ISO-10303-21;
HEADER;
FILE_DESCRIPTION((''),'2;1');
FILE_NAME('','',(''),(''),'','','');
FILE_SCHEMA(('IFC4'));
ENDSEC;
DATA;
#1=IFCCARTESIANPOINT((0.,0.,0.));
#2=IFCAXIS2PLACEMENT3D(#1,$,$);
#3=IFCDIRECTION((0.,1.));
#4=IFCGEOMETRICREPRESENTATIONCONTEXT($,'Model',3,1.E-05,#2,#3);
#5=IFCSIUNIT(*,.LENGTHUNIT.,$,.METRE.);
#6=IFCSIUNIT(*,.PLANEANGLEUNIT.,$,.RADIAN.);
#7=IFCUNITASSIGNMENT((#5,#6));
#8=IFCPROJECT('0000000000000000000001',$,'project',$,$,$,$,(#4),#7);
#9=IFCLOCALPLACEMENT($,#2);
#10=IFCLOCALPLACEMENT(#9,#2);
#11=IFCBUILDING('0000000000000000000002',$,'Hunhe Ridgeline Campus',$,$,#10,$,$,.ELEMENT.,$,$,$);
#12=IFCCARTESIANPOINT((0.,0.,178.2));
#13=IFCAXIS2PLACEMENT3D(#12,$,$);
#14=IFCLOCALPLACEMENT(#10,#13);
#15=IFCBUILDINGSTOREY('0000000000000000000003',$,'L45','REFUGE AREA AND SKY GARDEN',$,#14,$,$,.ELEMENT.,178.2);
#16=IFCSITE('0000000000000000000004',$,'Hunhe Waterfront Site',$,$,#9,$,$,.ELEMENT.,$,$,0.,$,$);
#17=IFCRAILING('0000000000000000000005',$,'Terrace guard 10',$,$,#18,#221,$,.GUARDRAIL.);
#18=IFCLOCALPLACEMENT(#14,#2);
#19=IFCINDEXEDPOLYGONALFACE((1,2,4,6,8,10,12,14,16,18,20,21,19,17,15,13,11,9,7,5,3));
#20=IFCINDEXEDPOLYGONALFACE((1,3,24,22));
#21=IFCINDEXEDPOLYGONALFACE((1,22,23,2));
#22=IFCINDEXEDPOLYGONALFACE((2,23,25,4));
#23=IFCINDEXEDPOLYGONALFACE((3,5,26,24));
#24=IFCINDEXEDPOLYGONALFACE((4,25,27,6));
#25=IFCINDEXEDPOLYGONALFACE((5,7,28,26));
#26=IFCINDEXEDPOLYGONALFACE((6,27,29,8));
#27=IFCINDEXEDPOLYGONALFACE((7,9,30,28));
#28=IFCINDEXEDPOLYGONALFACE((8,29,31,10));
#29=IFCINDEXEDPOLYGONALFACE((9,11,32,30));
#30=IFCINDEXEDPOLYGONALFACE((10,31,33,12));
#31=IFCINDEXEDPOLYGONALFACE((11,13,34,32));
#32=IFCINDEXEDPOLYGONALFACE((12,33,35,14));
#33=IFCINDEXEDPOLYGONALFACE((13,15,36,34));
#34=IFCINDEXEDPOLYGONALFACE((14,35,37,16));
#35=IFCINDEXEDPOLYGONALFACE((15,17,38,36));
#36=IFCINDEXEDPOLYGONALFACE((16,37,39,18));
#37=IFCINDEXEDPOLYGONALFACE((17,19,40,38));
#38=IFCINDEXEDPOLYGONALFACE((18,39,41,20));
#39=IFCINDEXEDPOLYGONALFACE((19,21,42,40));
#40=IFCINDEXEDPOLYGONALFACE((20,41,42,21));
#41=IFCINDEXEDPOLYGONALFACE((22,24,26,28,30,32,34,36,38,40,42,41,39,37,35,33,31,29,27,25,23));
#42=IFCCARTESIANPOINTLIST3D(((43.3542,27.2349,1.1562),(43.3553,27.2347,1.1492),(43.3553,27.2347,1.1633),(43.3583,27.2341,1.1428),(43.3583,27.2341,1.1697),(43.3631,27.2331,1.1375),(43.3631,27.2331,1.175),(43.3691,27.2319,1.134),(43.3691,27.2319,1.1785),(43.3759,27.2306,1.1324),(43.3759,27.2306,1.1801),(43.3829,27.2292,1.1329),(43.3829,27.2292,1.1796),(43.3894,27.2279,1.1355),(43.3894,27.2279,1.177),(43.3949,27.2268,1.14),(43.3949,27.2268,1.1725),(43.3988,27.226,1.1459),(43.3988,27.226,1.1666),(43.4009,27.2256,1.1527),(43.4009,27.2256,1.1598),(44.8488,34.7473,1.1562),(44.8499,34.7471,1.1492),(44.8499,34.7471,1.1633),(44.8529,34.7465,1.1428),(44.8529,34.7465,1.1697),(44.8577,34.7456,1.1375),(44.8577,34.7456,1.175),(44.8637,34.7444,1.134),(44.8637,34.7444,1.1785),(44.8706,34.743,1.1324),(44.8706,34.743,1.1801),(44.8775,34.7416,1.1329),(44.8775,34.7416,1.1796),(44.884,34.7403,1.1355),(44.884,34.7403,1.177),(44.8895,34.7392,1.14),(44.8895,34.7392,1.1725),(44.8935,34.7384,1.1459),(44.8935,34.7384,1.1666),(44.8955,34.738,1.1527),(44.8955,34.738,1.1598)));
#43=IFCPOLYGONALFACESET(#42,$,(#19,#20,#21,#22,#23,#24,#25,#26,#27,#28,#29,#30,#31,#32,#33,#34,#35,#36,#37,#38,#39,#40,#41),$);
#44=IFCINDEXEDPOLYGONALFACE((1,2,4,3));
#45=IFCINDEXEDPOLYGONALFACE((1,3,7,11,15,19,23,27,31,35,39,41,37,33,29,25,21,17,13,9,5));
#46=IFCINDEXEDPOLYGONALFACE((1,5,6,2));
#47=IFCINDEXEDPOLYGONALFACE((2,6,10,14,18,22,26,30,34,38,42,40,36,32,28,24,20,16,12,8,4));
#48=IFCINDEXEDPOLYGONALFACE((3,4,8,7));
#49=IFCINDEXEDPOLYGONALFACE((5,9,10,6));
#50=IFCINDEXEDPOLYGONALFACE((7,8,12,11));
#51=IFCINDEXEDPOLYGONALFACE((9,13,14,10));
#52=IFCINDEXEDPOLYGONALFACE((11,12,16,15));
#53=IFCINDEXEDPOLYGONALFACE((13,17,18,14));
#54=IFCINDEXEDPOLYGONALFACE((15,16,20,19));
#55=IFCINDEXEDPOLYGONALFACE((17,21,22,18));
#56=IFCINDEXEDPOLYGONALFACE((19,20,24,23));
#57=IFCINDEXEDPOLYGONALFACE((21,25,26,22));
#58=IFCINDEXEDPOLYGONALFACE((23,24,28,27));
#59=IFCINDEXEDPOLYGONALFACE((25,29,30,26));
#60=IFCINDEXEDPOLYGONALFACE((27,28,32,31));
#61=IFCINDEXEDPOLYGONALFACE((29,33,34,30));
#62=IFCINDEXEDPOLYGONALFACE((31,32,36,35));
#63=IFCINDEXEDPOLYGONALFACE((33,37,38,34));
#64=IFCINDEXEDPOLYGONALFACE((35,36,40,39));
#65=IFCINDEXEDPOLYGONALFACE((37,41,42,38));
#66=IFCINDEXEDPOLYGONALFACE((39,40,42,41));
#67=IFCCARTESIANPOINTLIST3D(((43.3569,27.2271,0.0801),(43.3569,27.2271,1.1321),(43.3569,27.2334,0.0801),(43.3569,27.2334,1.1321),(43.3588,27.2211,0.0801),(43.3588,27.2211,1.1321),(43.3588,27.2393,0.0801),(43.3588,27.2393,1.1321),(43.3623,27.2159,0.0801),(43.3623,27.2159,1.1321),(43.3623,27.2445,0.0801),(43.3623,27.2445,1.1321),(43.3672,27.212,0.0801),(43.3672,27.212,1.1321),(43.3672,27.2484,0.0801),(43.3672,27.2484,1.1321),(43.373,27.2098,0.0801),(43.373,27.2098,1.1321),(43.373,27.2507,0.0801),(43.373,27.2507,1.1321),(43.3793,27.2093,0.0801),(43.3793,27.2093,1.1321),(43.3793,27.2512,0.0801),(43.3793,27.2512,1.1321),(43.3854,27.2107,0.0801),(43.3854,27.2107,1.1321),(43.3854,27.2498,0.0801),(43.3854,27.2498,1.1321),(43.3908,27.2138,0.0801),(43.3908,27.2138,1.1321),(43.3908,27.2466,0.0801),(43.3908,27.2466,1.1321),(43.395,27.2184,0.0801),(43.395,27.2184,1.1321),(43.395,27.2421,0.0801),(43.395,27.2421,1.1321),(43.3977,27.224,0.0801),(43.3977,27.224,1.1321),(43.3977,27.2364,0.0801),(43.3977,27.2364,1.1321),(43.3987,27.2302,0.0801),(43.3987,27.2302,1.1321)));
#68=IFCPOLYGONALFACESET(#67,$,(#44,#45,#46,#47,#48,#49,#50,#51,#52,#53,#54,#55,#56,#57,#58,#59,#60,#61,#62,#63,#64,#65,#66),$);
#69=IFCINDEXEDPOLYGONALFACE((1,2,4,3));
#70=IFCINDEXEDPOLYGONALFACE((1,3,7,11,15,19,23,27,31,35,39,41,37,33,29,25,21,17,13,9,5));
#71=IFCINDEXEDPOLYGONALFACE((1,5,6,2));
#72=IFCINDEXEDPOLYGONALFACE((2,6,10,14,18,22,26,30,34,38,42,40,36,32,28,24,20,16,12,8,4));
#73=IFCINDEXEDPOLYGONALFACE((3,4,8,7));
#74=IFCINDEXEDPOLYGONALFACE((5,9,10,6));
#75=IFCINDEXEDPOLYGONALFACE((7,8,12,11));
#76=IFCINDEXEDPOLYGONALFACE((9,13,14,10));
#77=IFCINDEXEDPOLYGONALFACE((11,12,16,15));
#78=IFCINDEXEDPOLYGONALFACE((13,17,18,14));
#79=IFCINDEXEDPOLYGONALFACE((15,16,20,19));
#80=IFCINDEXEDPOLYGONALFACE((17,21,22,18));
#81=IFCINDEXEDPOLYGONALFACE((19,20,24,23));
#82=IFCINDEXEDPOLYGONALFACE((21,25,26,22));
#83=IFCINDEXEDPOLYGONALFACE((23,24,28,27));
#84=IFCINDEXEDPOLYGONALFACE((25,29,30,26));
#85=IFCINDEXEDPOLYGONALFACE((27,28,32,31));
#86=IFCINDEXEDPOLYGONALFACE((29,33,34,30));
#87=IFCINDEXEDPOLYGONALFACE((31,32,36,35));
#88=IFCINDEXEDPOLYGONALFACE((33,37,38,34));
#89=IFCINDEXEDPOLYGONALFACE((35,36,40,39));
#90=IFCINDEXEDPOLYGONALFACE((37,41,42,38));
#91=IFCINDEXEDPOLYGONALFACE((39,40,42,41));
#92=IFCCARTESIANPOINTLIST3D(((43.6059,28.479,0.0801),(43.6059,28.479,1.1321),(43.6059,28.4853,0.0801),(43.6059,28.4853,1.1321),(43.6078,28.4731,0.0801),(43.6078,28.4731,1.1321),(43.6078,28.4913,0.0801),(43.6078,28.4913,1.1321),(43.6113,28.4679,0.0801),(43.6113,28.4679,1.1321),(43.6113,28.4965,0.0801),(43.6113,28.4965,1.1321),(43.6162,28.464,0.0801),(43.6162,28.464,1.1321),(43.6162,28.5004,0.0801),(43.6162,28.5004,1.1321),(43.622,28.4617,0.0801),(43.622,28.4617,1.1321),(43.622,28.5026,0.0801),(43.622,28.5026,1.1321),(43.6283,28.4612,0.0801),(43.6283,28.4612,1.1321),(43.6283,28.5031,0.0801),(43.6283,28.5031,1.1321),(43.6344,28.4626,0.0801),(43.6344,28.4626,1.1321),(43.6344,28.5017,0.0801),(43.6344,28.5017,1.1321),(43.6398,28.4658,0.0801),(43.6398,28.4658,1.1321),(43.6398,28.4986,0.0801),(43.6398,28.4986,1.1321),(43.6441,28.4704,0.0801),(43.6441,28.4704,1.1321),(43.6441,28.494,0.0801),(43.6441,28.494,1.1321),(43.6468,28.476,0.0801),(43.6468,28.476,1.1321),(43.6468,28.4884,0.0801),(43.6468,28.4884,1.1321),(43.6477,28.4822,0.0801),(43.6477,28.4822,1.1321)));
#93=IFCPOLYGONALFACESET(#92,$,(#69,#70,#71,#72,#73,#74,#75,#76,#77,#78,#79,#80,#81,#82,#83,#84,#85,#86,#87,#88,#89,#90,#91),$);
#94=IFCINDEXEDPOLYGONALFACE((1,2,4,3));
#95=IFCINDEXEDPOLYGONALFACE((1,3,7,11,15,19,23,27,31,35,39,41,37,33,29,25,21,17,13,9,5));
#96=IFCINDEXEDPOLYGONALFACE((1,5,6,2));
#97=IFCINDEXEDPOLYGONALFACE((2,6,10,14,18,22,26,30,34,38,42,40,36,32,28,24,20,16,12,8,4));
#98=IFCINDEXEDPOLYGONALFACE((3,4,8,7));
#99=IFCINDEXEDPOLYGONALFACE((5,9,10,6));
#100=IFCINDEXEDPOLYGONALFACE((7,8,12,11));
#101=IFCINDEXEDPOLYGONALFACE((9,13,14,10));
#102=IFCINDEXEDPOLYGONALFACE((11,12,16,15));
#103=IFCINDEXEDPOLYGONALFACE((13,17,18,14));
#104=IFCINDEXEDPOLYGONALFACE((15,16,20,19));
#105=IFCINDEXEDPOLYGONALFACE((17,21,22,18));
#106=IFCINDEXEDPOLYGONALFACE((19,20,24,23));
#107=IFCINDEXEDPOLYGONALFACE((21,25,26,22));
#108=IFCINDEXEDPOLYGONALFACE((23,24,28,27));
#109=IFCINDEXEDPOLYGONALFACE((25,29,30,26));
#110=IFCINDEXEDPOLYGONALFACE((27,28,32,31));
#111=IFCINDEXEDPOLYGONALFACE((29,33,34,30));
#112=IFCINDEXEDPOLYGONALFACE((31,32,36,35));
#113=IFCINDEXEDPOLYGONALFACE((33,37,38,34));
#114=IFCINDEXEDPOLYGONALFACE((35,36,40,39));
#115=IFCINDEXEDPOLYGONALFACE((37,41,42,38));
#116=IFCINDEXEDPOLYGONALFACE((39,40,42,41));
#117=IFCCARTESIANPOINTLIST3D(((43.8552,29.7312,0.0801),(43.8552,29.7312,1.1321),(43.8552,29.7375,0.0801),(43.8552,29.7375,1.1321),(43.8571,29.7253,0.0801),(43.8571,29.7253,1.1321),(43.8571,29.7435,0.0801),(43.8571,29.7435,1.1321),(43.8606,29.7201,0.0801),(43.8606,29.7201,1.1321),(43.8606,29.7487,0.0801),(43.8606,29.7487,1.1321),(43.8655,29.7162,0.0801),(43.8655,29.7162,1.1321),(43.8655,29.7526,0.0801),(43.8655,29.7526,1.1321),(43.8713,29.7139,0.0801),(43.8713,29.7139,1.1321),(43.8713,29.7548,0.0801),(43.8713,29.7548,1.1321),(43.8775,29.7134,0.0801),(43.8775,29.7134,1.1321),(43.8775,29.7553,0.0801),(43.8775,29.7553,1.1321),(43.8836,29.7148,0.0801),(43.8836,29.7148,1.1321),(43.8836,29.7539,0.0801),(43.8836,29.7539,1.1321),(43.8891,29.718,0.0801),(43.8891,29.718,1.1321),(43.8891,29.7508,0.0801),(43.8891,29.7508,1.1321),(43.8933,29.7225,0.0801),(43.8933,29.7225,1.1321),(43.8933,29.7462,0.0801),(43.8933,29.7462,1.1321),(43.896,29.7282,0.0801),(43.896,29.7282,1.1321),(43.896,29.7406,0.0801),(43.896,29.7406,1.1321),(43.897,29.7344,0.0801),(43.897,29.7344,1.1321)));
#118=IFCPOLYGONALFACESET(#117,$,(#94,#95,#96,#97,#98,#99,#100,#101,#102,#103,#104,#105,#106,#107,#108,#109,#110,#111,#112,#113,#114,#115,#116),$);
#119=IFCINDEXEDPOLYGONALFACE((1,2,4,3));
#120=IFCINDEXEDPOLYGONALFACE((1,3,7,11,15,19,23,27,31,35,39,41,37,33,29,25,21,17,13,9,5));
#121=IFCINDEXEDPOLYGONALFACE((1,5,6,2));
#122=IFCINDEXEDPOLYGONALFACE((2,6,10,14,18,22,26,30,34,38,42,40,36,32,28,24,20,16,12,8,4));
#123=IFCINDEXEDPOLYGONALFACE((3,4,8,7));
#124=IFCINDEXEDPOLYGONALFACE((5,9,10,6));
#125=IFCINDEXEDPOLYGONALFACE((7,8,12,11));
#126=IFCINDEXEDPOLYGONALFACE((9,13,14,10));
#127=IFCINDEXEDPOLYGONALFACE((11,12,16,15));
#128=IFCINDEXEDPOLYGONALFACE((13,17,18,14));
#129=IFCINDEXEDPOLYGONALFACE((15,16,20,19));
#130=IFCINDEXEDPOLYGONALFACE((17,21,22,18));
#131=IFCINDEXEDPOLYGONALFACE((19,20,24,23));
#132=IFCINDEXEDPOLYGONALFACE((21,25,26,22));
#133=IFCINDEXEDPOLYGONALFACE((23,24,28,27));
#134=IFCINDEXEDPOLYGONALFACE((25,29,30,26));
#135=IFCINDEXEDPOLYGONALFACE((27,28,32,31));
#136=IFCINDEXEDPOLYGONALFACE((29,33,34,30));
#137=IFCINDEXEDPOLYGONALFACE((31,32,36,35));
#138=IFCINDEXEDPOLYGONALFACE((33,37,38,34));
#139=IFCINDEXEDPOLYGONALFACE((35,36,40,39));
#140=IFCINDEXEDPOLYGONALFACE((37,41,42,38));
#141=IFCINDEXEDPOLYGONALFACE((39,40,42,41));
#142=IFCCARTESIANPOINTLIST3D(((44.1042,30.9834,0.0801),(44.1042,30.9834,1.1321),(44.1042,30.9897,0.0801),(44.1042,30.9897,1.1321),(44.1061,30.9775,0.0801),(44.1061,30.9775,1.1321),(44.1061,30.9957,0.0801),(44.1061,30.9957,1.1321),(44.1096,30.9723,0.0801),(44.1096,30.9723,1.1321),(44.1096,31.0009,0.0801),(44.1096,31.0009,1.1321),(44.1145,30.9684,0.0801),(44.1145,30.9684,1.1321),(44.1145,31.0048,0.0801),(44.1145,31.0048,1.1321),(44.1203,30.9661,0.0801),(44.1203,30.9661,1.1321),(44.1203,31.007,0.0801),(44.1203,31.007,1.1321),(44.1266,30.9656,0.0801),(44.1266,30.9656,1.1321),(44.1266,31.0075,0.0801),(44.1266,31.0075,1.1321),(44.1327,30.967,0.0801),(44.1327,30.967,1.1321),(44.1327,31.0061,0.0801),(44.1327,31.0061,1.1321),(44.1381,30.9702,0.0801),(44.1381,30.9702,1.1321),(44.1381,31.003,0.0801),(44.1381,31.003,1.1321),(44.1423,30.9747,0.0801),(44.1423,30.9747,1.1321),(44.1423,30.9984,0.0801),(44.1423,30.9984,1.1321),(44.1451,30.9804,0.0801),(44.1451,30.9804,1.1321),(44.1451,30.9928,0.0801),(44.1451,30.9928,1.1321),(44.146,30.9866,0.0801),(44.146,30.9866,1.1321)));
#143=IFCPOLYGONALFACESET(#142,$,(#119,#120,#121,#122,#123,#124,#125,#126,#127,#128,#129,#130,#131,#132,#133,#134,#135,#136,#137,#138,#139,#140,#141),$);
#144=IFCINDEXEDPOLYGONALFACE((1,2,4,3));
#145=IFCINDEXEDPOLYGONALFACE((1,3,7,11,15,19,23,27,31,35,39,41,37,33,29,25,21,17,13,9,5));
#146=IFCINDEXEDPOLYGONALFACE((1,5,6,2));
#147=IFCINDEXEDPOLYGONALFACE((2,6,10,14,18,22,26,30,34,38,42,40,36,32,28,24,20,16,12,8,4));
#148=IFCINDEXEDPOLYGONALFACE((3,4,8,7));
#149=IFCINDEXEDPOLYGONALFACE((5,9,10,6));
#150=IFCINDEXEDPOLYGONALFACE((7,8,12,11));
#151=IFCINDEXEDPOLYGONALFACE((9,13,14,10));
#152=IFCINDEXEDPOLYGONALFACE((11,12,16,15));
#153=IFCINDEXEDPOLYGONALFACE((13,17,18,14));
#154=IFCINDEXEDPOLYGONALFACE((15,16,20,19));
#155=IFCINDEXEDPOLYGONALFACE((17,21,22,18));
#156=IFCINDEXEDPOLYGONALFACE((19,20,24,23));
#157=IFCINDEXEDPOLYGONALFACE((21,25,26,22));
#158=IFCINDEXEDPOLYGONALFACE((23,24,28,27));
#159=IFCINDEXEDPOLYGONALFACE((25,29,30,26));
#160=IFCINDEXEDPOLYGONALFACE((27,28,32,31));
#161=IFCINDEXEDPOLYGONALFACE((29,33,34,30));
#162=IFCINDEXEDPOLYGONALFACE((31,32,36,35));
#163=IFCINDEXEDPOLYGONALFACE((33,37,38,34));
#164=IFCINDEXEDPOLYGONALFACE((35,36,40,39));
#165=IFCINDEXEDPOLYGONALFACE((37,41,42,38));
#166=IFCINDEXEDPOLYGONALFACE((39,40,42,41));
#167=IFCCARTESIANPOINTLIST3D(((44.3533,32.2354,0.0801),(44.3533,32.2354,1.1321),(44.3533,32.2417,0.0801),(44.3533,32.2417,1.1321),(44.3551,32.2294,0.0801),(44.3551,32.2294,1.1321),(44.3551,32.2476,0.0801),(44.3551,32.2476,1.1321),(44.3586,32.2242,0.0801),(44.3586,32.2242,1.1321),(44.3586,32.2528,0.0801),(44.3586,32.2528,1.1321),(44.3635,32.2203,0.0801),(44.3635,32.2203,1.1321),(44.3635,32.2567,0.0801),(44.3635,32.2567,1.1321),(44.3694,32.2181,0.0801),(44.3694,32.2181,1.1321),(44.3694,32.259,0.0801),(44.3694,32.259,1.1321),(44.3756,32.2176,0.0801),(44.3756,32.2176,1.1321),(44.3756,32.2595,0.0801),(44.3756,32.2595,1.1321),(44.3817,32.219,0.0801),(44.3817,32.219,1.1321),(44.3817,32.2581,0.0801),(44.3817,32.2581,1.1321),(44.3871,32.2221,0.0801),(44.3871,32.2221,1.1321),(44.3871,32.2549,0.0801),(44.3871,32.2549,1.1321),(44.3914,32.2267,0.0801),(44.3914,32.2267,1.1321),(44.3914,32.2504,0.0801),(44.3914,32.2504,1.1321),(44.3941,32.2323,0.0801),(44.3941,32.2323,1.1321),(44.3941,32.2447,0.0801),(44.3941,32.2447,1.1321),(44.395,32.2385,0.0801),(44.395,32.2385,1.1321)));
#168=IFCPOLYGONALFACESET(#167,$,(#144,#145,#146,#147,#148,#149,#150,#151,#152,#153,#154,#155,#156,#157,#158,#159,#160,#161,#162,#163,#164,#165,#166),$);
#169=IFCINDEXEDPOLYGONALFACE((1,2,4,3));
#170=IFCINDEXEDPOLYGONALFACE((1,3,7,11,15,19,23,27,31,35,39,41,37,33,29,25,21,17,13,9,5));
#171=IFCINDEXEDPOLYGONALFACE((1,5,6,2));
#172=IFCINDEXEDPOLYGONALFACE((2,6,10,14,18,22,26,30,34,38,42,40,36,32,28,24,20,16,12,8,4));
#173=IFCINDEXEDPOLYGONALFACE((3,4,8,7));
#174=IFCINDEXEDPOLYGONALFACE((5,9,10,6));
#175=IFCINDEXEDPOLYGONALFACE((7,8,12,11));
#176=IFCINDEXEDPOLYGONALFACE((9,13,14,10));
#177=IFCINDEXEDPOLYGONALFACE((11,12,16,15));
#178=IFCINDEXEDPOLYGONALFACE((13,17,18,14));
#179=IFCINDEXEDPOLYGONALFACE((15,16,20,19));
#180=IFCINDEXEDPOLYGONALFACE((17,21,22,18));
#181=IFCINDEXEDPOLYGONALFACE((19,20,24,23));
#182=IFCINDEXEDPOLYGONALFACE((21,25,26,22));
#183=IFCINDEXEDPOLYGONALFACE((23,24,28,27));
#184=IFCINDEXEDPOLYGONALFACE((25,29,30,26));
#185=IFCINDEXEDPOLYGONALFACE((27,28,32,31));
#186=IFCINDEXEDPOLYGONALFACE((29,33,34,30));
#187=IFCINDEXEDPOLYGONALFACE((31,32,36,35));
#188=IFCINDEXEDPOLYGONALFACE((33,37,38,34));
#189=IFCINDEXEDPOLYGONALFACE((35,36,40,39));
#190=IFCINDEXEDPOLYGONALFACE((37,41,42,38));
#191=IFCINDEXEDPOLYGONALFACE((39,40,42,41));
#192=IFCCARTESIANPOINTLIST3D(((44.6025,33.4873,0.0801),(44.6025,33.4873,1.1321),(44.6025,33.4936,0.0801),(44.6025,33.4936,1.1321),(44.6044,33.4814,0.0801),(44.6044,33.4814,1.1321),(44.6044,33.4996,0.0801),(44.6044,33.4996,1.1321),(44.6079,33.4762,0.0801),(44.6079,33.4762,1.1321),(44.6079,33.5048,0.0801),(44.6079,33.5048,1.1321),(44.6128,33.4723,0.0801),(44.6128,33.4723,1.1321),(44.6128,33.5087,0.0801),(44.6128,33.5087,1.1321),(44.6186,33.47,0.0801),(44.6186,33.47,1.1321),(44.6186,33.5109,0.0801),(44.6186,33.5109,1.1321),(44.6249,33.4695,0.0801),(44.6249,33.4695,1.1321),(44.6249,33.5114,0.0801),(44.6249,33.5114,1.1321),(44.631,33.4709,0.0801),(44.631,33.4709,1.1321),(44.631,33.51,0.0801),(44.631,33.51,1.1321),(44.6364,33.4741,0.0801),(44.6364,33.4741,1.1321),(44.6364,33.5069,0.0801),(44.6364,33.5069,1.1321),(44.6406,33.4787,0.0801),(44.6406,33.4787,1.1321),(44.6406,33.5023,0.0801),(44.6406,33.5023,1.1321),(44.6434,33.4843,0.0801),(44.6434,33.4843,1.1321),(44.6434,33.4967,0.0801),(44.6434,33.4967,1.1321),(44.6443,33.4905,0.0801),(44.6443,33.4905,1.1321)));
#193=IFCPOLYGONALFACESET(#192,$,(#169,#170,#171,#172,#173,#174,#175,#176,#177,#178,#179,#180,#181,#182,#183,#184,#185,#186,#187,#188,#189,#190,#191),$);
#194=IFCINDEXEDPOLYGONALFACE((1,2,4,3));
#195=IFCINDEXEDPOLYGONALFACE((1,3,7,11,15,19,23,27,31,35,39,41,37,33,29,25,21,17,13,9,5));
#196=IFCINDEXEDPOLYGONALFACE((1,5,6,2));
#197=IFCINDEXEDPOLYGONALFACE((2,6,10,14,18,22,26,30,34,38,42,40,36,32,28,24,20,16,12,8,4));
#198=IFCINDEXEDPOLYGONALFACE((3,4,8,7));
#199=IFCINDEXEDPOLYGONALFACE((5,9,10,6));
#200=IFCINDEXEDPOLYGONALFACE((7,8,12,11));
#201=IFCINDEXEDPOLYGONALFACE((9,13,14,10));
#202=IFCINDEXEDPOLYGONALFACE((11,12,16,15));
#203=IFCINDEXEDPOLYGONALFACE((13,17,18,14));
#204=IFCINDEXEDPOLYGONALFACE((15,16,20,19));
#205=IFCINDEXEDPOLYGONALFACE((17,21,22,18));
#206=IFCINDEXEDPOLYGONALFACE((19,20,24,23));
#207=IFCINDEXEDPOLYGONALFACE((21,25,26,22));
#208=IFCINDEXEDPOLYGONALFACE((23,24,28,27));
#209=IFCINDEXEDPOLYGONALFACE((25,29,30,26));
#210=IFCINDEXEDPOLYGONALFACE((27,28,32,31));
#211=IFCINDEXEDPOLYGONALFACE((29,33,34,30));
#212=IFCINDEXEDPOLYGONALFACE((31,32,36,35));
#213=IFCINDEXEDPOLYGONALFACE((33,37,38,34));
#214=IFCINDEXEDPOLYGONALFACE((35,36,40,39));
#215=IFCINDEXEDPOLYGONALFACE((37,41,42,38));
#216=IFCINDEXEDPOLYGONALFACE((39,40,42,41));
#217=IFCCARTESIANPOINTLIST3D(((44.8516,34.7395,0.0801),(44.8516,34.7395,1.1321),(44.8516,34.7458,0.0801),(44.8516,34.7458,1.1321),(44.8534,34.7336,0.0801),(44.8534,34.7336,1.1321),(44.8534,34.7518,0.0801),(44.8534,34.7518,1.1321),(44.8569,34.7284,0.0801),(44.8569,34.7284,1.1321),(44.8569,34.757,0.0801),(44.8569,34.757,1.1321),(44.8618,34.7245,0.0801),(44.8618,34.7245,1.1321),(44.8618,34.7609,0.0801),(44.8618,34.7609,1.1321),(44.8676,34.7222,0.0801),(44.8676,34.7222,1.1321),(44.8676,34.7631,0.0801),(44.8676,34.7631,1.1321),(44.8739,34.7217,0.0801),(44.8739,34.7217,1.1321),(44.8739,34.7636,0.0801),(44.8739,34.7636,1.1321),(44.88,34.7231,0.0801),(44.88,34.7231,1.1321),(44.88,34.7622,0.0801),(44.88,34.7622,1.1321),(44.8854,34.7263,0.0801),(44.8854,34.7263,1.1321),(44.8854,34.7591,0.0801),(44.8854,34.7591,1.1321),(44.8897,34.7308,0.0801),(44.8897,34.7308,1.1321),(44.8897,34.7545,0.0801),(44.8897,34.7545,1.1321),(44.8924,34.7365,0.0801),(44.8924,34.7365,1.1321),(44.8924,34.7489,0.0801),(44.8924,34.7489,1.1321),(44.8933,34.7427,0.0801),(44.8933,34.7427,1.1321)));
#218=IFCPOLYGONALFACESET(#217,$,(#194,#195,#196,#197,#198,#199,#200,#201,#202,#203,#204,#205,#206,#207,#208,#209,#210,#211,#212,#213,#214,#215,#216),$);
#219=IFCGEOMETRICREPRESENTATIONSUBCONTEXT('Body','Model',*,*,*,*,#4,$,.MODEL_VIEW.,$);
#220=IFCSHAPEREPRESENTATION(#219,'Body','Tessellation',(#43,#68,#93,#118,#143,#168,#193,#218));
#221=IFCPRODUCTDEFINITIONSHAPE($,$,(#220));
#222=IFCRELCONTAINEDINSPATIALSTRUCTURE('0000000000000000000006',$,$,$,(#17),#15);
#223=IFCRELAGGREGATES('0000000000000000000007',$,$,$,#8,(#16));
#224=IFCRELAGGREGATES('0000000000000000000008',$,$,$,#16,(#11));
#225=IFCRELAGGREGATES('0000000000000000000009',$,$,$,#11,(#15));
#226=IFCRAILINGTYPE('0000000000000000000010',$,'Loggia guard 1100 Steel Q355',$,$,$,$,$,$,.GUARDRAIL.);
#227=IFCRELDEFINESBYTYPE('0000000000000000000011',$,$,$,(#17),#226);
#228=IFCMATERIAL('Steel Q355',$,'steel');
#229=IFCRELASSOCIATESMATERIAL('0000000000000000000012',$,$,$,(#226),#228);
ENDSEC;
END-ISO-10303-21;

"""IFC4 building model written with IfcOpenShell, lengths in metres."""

from ifc_helpers import new_model, si_unit, direction, frame, origin, origin_2d, place, context, subcontext, project, spatial, circle, extrude, material, type_object, element, save


model = new_model("IFC4")

# Units and contexts
model_context = context("Model", 3, precision=1e-05, world=origin(), true_north=direction((0.0, 1.0)))
body_context = subcontext(model_context, "Body", "Model", "MODEL_VIEW")
ifc_project = project(units=[si_unit("LENGTHUNIT", "METRE"), si_unit("PLANEANGLEUNIT", "RADIAN")], contexts=[model_context])

# Site, building, storey
site_placement = place(None, origin())
site = spatial("IfcSite", under=ifc_project, at=site_placement, Name="Hunhe Waterfront Site", CompositionType="ELEMENT", RefElevation=0.0)
building_placement = place(site_placement, origin())
building = spatial("IfcBuilding", under=site, at=building_placement, Name="Hunhe Ridgeline Campus", CompositionType="ELEMENT")
storey_placement = place(building_placement, frame((0.0, 0.0, 178.2)))
storey = spatial("IfcBuildingStorey", under=building, at=storey_placement, Name="L45", Description="REFUGE AREA AND SKY GARDEN", CompositionType="ELEMENT", Elevation=178.2)

# Railing
ifc_material_1 = material(Name="Steel Q355", Category="steel")
railing_type = type_object("IfcRailingType", Name="Loggia guard 1100 Steel Q355", PredefinedType="GUARDRAIL", material=ifc_material_1)
railing_1_placement = place(storey_placement, frame((43.3777, 27.2302, 0.0801)))
element("IfcRailing", 1, at=railing_1_placement, inside=storey, type_object=railing_type, Name="Terrace guard 10", PredefinedType="GUARDRAIL", context=body_context, shape_type="SweptSolid", body=[
    extrude(circle(Radius=0.0239, at=origin_2d()), frame((0.0, 0.0, 1.0762), z_axis=(0.195129, 0.980778, 0.0), x_axis=(-0.980778, 0.195129, 0.0)), (0.0, 0.0, 1.0), 7.6597),
    extrude(circle(Radius=0.021, at=origin_2d()), origin(), (0.0, 0.0, 1.0), 1.052),
    extrude(circle(Radius=0.021, at=origin_2d()), frame((0.249, 1.252, 0.0)), (0.0, 0.0, 1.0), 1.052),
    extrude(circle(Radius=0.021, at=origin_2d()), frame((0.4983, 2.5042, 0.0)), (0.0, 0.0, 1.0), 1.052),
    extrude(circle(Radius=0.021, at=origin_2d()), frame((0.7473, 3.7563, 0.0)), (0.0, 0.0, 1.0), 1.052),
    extrude(circle(Radius=0.021, at=origin_2d()), frame((0.9963, 5.0083, 0.0)), (0.0, 0.0, 1.0), 1.052),
    extrude(circle(Radius=0.021, at=origin_2d()), frame((1.2456, 6.2603, 0.0)), (0.0, 0.0, 1.0), 1.052),
    extrude(circle(Radius=0.021, at=origin_2d()), frame((1.4946, 7.5125, 0.0)), (0.0, 0.0, 1.0), 1.052),
])

save(model, "model.ifc")
